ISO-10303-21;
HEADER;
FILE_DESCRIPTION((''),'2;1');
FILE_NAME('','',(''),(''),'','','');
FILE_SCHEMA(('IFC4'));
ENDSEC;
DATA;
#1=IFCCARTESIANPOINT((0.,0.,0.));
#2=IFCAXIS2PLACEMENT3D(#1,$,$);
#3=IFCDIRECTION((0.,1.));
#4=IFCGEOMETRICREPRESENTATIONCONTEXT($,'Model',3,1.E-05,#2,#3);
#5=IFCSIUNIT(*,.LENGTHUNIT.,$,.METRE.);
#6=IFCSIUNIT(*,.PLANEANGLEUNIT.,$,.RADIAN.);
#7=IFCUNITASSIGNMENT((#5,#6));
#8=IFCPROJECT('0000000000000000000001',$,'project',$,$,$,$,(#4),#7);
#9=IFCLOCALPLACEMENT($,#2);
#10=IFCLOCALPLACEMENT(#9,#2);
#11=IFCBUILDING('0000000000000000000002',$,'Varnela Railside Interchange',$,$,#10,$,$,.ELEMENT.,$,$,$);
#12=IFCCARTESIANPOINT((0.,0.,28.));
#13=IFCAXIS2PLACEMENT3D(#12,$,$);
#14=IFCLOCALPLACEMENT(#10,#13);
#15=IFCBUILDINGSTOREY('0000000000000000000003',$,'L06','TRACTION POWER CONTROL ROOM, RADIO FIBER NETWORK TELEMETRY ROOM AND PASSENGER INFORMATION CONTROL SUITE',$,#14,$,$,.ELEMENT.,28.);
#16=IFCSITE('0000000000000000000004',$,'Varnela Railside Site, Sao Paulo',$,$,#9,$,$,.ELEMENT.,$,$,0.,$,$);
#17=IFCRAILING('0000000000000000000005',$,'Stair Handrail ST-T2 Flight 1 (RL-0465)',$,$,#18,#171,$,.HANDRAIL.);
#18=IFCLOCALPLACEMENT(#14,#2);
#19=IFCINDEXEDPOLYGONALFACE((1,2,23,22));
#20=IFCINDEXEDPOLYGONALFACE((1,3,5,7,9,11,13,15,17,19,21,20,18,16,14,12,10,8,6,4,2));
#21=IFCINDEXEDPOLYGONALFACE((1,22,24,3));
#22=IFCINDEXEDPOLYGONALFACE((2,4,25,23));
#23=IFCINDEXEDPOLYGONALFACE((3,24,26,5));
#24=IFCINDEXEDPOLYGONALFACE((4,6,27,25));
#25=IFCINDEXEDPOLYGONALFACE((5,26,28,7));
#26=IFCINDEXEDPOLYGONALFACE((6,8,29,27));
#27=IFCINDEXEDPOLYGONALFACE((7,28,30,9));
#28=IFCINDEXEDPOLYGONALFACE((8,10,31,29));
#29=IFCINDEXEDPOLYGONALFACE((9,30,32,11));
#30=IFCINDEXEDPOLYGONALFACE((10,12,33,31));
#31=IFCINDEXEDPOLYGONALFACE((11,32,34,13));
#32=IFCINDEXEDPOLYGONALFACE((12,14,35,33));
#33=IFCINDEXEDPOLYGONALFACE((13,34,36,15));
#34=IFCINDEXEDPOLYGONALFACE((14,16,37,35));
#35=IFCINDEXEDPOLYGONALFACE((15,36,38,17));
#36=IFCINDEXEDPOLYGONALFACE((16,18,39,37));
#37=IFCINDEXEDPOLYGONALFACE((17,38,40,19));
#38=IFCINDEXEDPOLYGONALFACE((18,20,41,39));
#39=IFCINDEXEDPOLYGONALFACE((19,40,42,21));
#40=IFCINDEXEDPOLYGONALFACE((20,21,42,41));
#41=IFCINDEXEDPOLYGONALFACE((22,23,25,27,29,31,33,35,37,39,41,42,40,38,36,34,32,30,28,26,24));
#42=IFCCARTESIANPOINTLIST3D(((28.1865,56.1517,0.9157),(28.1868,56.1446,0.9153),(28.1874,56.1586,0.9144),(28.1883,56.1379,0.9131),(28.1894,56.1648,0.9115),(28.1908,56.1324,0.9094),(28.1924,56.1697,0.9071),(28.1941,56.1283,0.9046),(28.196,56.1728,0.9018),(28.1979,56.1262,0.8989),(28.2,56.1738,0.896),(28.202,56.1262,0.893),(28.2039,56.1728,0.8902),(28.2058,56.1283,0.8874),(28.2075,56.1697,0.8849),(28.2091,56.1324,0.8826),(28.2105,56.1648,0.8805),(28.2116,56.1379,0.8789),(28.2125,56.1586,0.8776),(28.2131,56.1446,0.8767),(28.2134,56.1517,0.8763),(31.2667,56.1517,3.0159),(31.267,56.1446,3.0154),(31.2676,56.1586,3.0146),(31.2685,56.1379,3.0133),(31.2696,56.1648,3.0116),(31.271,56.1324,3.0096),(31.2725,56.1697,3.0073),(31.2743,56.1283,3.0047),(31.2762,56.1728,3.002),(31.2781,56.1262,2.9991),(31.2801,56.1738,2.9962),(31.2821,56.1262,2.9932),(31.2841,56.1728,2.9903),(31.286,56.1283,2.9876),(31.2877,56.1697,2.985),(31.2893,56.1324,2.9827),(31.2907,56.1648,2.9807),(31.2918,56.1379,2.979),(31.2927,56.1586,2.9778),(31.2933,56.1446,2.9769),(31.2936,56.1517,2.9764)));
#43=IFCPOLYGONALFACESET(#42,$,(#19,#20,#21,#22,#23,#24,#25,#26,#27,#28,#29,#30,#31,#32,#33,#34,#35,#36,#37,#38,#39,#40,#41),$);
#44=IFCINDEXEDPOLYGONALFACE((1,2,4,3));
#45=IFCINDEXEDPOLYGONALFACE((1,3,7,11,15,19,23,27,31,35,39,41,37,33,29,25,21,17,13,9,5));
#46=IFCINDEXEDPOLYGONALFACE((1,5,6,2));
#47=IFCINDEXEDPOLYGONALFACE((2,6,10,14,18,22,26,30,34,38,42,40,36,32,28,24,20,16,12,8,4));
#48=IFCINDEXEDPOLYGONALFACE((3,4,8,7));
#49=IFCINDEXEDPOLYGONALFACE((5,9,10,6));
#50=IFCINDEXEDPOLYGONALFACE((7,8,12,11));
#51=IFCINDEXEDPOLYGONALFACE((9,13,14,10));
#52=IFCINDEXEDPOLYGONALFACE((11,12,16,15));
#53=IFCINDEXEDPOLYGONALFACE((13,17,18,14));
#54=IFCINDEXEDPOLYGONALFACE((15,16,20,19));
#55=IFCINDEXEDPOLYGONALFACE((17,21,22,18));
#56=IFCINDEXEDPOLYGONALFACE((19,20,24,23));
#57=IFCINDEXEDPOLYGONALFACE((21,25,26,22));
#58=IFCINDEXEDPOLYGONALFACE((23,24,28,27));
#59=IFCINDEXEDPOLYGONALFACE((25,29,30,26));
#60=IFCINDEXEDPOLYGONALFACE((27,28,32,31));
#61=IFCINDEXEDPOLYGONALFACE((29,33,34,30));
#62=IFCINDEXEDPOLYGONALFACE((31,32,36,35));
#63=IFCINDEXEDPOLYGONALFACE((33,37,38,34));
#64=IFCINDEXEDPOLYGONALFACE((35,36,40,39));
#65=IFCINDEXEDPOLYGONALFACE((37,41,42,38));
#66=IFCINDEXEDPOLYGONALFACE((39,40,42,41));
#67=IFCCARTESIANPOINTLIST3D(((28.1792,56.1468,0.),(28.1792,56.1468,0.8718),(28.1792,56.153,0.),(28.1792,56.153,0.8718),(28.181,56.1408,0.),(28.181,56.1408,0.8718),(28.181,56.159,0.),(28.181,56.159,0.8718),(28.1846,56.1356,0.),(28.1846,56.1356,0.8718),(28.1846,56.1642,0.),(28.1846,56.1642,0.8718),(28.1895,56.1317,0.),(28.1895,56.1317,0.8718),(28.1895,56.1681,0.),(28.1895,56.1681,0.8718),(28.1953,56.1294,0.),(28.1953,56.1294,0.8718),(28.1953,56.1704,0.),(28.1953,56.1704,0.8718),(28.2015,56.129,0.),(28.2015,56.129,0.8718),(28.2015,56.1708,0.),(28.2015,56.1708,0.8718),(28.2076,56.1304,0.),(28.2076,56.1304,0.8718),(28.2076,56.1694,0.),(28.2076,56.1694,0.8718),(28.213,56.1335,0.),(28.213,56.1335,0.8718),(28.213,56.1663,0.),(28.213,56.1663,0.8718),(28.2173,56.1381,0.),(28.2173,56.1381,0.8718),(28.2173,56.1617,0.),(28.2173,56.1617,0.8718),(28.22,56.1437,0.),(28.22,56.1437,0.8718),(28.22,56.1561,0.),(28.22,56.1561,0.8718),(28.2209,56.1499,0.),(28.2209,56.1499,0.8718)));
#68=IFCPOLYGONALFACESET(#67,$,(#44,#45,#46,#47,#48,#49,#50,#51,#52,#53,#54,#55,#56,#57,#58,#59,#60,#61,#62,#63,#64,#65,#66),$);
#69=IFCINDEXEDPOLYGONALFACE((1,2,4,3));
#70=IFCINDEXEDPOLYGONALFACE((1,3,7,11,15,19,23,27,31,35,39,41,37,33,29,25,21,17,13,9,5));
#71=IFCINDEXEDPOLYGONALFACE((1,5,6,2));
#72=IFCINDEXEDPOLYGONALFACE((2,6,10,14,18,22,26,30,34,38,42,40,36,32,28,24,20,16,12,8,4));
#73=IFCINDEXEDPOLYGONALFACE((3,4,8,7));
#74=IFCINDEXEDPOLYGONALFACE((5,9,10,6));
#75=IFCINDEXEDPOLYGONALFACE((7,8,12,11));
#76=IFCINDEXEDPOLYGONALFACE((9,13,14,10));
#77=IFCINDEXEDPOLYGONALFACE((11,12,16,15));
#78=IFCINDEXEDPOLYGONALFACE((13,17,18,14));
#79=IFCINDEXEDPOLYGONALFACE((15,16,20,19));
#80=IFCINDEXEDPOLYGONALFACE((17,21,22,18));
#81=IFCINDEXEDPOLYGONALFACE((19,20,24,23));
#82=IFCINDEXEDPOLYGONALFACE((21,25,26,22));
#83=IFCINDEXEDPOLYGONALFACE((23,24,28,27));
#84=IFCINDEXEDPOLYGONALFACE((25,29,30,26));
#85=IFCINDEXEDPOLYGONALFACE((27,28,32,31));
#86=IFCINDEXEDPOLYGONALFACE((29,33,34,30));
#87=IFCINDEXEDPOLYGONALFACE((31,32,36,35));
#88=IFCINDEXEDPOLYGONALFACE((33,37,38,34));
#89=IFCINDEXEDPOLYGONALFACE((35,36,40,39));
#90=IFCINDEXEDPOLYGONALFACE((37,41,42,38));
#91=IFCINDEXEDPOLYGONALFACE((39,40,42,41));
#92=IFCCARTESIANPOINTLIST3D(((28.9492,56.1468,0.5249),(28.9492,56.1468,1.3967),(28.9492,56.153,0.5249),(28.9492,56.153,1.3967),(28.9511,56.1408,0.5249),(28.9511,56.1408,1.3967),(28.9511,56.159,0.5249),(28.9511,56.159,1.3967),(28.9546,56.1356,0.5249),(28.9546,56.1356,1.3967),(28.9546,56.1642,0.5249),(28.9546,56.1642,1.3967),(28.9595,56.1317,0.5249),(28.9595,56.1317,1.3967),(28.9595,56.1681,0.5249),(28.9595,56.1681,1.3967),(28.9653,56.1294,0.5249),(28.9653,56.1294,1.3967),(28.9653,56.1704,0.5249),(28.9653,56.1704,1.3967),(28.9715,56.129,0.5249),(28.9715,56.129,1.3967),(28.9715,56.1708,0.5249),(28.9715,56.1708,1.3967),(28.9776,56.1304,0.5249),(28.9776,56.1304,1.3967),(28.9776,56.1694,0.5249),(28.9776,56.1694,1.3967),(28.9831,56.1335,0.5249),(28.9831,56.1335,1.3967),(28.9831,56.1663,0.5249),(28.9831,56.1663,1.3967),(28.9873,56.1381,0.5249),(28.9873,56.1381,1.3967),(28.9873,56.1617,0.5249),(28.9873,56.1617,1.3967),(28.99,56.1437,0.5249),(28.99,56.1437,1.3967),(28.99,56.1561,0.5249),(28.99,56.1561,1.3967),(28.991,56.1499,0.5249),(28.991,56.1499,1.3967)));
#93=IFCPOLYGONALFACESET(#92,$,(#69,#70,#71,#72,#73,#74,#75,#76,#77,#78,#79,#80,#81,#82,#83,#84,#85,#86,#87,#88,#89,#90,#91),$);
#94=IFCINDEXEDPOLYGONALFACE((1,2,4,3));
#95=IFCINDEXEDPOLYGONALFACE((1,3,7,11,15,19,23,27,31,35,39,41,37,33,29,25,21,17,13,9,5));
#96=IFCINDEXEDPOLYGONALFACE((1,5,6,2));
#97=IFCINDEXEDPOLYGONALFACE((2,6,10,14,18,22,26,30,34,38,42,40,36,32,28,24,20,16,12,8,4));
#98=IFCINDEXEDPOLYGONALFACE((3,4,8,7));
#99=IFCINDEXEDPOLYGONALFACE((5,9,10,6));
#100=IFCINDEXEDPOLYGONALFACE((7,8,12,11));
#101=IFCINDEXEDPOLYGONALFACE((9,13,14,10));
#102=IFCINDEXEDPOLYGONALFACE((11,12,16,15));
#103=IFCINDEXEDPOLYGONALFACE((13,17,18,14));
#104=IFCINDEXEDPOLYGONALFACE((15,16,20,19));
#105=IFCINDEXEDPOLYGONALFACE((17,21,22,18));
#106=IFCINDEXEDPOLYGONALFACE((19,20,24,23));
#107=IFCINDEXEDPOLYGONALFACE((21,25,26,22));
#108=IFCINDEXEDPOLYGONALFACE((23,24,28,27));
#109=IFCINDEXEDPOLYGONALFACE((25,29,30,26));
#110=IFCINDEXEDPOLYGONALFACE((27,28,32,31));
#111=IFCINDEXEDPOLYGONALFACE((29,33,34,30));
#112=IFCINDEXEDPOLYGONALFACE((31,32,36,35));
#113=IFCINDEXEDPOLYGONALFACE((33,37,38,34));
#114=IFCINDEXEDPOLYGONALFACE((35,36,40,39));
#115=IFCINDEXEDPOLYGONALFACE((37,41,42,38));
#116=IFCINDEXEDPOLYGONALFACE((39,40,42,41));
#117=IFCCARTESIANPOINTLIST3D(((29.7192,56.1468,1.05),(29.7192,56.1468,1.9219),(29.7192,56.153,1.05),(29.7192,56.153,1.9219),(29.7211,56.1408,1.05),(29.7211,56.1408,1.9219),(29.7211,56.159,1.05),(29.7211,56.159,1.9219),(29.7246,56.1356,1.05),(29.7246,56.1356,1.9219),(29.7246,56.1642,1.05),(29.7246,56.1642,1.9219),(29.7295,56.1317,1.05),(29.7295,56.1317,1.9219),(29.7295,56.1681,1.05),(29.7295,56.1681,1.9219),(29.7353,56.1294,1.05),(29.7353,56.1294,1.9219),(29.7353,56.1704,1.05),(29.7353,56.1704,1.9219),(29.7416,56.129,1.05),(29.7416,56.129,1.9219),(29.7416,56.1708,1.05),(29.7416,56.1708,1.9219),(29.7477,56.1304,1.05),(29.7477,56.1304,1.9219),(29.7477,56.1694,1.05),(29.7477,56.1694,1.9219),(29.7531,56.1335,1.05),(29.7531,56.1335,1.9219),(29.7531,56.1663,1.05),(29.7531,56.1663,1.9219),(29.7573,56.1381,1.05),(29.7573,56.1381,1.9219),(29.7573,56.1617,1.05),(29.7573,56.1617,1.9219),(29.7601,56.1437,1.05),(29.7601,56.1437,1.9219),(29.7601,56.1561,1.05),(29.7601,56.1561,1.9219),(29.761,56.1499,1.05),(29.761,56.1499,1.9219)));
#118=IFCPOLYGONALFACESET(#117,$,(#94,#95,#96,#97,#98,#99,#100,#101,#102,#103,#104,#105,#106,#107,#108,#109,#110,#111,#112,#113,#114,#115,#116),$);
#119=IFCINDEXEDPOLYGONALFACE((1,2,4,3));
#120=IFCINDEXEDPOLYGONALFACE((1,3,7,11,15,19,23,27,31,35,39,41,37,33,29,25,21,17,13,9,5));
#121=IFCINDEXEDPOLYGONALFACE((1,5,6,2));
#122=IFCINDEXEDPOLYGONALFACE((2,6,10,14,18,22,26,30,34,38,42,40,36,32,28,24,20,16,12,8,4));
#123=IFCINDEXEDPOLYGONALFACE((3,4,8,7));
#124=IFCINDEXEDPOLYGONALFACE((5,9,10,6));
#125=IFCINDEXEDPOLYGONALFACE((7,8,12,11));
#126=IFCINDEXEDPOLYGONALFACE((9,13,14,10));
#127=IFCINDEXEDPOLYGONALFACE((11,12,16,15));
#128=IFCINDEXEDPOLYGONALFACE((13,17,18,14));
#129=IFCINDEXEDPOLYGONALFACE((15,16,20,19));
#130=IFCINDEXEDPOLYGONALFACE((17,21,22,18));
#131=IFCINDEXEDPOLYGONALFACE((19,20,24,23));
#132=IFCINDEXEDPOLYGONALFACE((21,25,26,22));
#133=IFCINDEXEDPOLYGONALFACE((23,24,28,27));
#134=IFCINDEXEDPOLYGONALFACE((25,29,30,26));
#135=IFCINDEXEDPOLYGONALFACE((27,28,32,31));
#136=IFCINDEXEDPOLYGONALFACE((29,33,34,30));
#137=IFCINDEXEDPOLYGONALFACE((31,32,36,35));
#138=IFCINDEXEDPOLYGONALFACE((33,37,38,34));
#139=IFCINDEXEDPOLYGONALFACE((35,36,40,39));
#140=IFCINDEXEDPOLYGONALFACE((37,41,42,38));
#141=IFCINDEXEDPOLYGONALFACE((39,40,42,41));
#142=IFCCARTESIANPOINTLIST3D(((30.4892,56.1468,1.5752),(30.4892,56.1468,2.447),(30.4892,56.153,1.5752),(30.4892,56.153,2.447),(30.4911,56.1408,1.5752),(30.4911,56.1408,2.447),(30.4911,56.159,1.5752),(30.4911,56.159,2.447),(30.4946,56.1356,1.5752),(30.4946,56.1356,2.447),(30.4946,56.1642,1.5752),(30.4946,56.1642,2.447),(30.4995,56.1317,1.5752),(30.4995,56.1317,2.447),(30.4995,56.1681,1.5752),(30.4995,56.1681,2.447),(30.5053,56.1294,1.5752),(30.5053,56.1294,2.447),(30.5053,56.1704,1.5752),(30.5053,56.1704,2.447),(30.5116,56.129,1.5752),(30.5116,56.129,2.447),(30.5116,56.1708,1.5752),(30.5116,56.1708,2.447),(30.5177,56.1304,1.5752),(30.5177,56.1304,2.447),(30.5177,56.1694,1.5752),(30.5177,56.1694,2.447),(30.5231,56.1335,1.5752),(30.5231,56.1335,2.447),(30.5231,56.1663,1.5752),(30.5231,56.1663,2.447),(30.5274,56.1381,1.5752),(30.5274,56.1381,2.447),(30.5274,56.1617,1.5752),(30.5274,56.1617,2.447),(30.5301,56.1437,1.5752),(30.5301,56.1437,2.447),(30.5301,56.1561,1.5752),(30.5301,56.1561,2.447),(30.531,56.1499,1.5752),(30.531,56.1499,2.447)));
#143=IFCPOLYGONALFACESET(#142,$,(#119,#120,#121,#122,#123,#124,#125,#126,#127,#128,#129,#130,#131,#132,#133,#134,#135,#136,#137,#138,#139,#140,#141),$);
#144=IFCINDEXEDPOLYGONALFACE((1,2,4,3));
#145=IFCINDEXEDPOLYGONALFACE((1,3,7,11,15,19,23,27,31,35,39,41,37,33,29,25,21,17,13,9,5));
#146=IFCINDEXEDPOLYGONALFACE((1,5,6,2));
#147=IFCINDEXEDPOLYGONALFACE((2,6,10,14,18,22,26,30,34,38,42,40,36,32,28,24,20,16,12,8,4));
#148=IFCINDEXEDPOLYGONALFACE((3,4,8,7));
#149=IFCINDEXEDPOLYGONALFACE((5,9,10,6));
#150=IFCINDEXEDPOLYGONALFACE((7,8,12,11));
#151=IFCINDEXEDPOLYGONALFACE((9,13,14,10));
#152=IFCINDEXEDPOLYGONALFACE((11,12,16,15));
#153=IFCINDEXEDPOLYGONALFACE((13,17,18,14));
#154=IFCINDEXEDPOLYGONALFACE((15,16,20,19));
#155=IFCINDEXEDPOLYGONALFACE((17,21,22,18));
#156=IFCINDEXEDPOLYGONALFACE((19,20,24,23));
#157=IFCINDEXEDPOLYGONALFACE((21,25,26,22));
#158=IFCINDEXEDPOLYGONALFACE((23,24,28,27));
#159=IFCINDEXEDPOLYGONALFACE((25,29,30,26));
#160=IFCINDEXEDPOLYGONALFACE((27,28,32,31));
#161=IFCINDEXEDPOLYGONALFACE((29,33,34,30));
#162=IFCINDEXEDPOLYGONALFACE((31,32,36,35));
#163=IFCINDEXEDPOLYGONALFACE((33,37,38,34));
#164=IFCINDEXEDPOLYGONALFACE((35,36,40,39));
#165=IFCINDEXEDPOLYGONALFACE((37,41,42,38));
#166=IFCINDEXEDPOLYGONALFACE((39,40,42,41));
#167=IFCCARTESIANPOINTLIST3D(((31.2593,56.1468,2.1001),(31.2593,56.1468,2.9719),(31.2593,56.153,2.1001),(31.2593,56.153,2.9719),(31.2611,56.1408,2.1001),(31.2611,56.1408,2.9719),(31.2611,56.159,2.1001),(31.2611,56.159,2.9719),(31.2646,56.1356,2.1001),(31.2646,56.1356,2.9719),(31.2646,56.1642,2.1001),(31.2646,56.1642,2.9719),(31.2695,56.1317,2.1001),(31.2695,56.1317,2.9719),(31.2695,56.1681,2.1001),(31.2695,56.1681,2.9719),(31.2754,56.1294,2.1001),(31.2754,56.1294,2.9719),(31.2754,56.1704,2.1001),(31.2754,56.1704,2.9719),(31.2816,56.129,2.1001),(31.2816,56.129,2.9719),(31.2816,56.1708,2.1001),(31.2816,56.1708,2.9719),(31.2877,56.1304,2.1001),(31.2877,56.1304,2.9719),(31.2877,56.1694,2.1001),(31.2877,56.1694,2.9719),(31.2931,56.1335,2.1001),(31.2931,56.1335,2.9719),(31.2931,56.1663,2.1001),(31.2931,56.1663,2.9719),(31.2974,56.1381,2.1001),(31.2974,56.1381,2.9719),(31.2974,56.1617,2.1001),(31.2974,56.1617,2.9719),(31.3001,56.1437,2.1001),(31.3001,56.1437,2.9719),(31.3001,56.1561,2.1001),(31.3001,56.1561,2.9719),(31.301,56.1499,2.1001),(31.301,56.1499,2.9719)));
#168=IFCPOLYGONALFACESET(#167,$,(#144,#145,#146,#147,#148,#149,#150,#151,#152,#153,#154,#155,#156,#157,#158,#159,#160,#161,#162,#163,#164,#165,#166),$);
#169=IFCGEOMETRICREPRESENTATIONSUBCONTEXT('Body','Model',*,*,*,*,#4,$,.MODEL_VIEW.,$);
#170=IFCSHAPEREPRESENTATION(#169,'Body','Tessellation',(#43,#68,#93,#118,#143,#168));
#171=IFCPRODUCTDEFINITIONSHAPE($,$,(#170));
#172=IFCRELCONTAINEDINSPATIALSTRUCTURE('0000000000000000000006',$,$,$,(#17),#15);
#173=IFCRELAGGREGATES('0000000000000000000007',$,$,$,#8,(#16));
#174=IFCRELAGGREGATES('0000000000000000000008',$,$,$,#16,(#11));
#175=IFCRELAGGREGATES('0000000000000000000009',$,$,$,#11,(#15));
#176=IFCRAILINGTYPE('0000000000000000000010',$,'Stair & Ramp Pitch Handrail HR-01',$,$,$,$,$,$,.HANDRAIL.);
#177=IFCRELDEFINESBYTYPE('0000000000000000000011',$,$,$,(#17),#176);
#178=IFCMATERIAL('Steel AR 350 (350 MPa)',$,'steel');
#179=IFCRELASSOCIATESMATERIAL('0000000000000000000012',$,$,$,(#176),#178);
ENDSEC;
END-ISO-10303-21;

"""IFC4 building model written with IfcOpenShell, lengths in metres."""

from ifc_helpers import new_model, si_unit, direction, frame, origin, origin_2d, place, context, subcontext, project, spatial, circle, extrude, material, type_object, element, save


model = new_model("IFC4")

# Units and contexts
model_context = context("Model", 3, precision=1e-05, world=origin(), true_north=direction((0.0, 1.0)))
body_context = subcontext(model_context, "Body", "Model", "MODEL_VIEW")
ifc_project = project(units=[si_unit("LENGTHUNIT", "METRE"), si_unit("PLANEANGLEUNIT", "RADIAN")], contexts=[model_context])

# Site, building, storey
site_placement = place(None, origin())
site = spatial("IfcSite", under=ifc_project, at=site_placement, Name="Varnela Railside Site, Sao Paulo", CompositionType="ELEMENT", RefElevation=0.0)
building_placement = place(site_placement, origin())
building = spatial("IfcBuilding", under=site, at=building_placement, Name="Varnela Railside Interchange", CompositionType="ELEMENT")
storey_placement = place(building_placement, frame((0.0, 0.0, 28.0)))
storey = spatial("IfcBuildingStorey", under=building, at=storey_placement, Name="L06", Description="TRACTION POWER CONTROL ROOM, RADIO FIBER NETWORK TELEMETRY ROOM AND PASSENGER INFORMATION CONTROL SUITE", CompositionType="ELEMENT", Elevation=28.0)

# Shared definitions
ifc_material_1 = material(Name="Steel AR 350 (350 MPa)", Category="steel")

# Railing
railing_type_1 = type_object("IfcRailingType", Name="Stair & Ramp Pitch Handrail HR-01", PredefinedType="HANDRAIL", material=ifc_material_1)
railing_1_placement = place(storey_placement, frame((28.2, 56.1499, 0.0)))
element("IfcRailing", 1, at=railing_1_placement, inside=storey, type_object=railing_type_1, Name="Stair Handrail ST-T2 Flight 1 (RL-0465)", PredefinedType="HANDRAIL", context=body_context, shape_type="SweptSolid", body=[
    extrude(circle(Radius=0.0239, at=origin_2d()), frame((0.0, 0.0, 0.896), z_axis=(0.826222, 0.0, 0.563345), x_axis=(0.0, 1.0, 0.0)), (0.0, 0.0, 1.0), 3.728),
    extrude(circle(Radius=0.021, at=origin_2d()), origin(), (0.0, 0.0, 1.0), 0.8718),
    extrude(circle(Radius=0.021, at=origin_2d()), frame((0.77, 0.0, 0.5249)), (0.0, 0.0, 1.0), 0.8718),
    extrude(circle(Radius=0.021, at=origin_2d()), frame((1.54, 0.0, 1.05)), (0.0, 0.0, 1.0), 0.8718),
    extrude(circle(Radius=0.021, at=origin_2d()), frame((2.3101, 0.0, 1.5752)), (0.0, 0.0, 1.0), 0.8718),
    extrude(circle(Radius=0.021, at=origin_2d()), frame((3.0801, 0.0, 2.1001)), (0.0, 0.0, 1.0), 0.8718),
])

save(model, "model.ifc")
